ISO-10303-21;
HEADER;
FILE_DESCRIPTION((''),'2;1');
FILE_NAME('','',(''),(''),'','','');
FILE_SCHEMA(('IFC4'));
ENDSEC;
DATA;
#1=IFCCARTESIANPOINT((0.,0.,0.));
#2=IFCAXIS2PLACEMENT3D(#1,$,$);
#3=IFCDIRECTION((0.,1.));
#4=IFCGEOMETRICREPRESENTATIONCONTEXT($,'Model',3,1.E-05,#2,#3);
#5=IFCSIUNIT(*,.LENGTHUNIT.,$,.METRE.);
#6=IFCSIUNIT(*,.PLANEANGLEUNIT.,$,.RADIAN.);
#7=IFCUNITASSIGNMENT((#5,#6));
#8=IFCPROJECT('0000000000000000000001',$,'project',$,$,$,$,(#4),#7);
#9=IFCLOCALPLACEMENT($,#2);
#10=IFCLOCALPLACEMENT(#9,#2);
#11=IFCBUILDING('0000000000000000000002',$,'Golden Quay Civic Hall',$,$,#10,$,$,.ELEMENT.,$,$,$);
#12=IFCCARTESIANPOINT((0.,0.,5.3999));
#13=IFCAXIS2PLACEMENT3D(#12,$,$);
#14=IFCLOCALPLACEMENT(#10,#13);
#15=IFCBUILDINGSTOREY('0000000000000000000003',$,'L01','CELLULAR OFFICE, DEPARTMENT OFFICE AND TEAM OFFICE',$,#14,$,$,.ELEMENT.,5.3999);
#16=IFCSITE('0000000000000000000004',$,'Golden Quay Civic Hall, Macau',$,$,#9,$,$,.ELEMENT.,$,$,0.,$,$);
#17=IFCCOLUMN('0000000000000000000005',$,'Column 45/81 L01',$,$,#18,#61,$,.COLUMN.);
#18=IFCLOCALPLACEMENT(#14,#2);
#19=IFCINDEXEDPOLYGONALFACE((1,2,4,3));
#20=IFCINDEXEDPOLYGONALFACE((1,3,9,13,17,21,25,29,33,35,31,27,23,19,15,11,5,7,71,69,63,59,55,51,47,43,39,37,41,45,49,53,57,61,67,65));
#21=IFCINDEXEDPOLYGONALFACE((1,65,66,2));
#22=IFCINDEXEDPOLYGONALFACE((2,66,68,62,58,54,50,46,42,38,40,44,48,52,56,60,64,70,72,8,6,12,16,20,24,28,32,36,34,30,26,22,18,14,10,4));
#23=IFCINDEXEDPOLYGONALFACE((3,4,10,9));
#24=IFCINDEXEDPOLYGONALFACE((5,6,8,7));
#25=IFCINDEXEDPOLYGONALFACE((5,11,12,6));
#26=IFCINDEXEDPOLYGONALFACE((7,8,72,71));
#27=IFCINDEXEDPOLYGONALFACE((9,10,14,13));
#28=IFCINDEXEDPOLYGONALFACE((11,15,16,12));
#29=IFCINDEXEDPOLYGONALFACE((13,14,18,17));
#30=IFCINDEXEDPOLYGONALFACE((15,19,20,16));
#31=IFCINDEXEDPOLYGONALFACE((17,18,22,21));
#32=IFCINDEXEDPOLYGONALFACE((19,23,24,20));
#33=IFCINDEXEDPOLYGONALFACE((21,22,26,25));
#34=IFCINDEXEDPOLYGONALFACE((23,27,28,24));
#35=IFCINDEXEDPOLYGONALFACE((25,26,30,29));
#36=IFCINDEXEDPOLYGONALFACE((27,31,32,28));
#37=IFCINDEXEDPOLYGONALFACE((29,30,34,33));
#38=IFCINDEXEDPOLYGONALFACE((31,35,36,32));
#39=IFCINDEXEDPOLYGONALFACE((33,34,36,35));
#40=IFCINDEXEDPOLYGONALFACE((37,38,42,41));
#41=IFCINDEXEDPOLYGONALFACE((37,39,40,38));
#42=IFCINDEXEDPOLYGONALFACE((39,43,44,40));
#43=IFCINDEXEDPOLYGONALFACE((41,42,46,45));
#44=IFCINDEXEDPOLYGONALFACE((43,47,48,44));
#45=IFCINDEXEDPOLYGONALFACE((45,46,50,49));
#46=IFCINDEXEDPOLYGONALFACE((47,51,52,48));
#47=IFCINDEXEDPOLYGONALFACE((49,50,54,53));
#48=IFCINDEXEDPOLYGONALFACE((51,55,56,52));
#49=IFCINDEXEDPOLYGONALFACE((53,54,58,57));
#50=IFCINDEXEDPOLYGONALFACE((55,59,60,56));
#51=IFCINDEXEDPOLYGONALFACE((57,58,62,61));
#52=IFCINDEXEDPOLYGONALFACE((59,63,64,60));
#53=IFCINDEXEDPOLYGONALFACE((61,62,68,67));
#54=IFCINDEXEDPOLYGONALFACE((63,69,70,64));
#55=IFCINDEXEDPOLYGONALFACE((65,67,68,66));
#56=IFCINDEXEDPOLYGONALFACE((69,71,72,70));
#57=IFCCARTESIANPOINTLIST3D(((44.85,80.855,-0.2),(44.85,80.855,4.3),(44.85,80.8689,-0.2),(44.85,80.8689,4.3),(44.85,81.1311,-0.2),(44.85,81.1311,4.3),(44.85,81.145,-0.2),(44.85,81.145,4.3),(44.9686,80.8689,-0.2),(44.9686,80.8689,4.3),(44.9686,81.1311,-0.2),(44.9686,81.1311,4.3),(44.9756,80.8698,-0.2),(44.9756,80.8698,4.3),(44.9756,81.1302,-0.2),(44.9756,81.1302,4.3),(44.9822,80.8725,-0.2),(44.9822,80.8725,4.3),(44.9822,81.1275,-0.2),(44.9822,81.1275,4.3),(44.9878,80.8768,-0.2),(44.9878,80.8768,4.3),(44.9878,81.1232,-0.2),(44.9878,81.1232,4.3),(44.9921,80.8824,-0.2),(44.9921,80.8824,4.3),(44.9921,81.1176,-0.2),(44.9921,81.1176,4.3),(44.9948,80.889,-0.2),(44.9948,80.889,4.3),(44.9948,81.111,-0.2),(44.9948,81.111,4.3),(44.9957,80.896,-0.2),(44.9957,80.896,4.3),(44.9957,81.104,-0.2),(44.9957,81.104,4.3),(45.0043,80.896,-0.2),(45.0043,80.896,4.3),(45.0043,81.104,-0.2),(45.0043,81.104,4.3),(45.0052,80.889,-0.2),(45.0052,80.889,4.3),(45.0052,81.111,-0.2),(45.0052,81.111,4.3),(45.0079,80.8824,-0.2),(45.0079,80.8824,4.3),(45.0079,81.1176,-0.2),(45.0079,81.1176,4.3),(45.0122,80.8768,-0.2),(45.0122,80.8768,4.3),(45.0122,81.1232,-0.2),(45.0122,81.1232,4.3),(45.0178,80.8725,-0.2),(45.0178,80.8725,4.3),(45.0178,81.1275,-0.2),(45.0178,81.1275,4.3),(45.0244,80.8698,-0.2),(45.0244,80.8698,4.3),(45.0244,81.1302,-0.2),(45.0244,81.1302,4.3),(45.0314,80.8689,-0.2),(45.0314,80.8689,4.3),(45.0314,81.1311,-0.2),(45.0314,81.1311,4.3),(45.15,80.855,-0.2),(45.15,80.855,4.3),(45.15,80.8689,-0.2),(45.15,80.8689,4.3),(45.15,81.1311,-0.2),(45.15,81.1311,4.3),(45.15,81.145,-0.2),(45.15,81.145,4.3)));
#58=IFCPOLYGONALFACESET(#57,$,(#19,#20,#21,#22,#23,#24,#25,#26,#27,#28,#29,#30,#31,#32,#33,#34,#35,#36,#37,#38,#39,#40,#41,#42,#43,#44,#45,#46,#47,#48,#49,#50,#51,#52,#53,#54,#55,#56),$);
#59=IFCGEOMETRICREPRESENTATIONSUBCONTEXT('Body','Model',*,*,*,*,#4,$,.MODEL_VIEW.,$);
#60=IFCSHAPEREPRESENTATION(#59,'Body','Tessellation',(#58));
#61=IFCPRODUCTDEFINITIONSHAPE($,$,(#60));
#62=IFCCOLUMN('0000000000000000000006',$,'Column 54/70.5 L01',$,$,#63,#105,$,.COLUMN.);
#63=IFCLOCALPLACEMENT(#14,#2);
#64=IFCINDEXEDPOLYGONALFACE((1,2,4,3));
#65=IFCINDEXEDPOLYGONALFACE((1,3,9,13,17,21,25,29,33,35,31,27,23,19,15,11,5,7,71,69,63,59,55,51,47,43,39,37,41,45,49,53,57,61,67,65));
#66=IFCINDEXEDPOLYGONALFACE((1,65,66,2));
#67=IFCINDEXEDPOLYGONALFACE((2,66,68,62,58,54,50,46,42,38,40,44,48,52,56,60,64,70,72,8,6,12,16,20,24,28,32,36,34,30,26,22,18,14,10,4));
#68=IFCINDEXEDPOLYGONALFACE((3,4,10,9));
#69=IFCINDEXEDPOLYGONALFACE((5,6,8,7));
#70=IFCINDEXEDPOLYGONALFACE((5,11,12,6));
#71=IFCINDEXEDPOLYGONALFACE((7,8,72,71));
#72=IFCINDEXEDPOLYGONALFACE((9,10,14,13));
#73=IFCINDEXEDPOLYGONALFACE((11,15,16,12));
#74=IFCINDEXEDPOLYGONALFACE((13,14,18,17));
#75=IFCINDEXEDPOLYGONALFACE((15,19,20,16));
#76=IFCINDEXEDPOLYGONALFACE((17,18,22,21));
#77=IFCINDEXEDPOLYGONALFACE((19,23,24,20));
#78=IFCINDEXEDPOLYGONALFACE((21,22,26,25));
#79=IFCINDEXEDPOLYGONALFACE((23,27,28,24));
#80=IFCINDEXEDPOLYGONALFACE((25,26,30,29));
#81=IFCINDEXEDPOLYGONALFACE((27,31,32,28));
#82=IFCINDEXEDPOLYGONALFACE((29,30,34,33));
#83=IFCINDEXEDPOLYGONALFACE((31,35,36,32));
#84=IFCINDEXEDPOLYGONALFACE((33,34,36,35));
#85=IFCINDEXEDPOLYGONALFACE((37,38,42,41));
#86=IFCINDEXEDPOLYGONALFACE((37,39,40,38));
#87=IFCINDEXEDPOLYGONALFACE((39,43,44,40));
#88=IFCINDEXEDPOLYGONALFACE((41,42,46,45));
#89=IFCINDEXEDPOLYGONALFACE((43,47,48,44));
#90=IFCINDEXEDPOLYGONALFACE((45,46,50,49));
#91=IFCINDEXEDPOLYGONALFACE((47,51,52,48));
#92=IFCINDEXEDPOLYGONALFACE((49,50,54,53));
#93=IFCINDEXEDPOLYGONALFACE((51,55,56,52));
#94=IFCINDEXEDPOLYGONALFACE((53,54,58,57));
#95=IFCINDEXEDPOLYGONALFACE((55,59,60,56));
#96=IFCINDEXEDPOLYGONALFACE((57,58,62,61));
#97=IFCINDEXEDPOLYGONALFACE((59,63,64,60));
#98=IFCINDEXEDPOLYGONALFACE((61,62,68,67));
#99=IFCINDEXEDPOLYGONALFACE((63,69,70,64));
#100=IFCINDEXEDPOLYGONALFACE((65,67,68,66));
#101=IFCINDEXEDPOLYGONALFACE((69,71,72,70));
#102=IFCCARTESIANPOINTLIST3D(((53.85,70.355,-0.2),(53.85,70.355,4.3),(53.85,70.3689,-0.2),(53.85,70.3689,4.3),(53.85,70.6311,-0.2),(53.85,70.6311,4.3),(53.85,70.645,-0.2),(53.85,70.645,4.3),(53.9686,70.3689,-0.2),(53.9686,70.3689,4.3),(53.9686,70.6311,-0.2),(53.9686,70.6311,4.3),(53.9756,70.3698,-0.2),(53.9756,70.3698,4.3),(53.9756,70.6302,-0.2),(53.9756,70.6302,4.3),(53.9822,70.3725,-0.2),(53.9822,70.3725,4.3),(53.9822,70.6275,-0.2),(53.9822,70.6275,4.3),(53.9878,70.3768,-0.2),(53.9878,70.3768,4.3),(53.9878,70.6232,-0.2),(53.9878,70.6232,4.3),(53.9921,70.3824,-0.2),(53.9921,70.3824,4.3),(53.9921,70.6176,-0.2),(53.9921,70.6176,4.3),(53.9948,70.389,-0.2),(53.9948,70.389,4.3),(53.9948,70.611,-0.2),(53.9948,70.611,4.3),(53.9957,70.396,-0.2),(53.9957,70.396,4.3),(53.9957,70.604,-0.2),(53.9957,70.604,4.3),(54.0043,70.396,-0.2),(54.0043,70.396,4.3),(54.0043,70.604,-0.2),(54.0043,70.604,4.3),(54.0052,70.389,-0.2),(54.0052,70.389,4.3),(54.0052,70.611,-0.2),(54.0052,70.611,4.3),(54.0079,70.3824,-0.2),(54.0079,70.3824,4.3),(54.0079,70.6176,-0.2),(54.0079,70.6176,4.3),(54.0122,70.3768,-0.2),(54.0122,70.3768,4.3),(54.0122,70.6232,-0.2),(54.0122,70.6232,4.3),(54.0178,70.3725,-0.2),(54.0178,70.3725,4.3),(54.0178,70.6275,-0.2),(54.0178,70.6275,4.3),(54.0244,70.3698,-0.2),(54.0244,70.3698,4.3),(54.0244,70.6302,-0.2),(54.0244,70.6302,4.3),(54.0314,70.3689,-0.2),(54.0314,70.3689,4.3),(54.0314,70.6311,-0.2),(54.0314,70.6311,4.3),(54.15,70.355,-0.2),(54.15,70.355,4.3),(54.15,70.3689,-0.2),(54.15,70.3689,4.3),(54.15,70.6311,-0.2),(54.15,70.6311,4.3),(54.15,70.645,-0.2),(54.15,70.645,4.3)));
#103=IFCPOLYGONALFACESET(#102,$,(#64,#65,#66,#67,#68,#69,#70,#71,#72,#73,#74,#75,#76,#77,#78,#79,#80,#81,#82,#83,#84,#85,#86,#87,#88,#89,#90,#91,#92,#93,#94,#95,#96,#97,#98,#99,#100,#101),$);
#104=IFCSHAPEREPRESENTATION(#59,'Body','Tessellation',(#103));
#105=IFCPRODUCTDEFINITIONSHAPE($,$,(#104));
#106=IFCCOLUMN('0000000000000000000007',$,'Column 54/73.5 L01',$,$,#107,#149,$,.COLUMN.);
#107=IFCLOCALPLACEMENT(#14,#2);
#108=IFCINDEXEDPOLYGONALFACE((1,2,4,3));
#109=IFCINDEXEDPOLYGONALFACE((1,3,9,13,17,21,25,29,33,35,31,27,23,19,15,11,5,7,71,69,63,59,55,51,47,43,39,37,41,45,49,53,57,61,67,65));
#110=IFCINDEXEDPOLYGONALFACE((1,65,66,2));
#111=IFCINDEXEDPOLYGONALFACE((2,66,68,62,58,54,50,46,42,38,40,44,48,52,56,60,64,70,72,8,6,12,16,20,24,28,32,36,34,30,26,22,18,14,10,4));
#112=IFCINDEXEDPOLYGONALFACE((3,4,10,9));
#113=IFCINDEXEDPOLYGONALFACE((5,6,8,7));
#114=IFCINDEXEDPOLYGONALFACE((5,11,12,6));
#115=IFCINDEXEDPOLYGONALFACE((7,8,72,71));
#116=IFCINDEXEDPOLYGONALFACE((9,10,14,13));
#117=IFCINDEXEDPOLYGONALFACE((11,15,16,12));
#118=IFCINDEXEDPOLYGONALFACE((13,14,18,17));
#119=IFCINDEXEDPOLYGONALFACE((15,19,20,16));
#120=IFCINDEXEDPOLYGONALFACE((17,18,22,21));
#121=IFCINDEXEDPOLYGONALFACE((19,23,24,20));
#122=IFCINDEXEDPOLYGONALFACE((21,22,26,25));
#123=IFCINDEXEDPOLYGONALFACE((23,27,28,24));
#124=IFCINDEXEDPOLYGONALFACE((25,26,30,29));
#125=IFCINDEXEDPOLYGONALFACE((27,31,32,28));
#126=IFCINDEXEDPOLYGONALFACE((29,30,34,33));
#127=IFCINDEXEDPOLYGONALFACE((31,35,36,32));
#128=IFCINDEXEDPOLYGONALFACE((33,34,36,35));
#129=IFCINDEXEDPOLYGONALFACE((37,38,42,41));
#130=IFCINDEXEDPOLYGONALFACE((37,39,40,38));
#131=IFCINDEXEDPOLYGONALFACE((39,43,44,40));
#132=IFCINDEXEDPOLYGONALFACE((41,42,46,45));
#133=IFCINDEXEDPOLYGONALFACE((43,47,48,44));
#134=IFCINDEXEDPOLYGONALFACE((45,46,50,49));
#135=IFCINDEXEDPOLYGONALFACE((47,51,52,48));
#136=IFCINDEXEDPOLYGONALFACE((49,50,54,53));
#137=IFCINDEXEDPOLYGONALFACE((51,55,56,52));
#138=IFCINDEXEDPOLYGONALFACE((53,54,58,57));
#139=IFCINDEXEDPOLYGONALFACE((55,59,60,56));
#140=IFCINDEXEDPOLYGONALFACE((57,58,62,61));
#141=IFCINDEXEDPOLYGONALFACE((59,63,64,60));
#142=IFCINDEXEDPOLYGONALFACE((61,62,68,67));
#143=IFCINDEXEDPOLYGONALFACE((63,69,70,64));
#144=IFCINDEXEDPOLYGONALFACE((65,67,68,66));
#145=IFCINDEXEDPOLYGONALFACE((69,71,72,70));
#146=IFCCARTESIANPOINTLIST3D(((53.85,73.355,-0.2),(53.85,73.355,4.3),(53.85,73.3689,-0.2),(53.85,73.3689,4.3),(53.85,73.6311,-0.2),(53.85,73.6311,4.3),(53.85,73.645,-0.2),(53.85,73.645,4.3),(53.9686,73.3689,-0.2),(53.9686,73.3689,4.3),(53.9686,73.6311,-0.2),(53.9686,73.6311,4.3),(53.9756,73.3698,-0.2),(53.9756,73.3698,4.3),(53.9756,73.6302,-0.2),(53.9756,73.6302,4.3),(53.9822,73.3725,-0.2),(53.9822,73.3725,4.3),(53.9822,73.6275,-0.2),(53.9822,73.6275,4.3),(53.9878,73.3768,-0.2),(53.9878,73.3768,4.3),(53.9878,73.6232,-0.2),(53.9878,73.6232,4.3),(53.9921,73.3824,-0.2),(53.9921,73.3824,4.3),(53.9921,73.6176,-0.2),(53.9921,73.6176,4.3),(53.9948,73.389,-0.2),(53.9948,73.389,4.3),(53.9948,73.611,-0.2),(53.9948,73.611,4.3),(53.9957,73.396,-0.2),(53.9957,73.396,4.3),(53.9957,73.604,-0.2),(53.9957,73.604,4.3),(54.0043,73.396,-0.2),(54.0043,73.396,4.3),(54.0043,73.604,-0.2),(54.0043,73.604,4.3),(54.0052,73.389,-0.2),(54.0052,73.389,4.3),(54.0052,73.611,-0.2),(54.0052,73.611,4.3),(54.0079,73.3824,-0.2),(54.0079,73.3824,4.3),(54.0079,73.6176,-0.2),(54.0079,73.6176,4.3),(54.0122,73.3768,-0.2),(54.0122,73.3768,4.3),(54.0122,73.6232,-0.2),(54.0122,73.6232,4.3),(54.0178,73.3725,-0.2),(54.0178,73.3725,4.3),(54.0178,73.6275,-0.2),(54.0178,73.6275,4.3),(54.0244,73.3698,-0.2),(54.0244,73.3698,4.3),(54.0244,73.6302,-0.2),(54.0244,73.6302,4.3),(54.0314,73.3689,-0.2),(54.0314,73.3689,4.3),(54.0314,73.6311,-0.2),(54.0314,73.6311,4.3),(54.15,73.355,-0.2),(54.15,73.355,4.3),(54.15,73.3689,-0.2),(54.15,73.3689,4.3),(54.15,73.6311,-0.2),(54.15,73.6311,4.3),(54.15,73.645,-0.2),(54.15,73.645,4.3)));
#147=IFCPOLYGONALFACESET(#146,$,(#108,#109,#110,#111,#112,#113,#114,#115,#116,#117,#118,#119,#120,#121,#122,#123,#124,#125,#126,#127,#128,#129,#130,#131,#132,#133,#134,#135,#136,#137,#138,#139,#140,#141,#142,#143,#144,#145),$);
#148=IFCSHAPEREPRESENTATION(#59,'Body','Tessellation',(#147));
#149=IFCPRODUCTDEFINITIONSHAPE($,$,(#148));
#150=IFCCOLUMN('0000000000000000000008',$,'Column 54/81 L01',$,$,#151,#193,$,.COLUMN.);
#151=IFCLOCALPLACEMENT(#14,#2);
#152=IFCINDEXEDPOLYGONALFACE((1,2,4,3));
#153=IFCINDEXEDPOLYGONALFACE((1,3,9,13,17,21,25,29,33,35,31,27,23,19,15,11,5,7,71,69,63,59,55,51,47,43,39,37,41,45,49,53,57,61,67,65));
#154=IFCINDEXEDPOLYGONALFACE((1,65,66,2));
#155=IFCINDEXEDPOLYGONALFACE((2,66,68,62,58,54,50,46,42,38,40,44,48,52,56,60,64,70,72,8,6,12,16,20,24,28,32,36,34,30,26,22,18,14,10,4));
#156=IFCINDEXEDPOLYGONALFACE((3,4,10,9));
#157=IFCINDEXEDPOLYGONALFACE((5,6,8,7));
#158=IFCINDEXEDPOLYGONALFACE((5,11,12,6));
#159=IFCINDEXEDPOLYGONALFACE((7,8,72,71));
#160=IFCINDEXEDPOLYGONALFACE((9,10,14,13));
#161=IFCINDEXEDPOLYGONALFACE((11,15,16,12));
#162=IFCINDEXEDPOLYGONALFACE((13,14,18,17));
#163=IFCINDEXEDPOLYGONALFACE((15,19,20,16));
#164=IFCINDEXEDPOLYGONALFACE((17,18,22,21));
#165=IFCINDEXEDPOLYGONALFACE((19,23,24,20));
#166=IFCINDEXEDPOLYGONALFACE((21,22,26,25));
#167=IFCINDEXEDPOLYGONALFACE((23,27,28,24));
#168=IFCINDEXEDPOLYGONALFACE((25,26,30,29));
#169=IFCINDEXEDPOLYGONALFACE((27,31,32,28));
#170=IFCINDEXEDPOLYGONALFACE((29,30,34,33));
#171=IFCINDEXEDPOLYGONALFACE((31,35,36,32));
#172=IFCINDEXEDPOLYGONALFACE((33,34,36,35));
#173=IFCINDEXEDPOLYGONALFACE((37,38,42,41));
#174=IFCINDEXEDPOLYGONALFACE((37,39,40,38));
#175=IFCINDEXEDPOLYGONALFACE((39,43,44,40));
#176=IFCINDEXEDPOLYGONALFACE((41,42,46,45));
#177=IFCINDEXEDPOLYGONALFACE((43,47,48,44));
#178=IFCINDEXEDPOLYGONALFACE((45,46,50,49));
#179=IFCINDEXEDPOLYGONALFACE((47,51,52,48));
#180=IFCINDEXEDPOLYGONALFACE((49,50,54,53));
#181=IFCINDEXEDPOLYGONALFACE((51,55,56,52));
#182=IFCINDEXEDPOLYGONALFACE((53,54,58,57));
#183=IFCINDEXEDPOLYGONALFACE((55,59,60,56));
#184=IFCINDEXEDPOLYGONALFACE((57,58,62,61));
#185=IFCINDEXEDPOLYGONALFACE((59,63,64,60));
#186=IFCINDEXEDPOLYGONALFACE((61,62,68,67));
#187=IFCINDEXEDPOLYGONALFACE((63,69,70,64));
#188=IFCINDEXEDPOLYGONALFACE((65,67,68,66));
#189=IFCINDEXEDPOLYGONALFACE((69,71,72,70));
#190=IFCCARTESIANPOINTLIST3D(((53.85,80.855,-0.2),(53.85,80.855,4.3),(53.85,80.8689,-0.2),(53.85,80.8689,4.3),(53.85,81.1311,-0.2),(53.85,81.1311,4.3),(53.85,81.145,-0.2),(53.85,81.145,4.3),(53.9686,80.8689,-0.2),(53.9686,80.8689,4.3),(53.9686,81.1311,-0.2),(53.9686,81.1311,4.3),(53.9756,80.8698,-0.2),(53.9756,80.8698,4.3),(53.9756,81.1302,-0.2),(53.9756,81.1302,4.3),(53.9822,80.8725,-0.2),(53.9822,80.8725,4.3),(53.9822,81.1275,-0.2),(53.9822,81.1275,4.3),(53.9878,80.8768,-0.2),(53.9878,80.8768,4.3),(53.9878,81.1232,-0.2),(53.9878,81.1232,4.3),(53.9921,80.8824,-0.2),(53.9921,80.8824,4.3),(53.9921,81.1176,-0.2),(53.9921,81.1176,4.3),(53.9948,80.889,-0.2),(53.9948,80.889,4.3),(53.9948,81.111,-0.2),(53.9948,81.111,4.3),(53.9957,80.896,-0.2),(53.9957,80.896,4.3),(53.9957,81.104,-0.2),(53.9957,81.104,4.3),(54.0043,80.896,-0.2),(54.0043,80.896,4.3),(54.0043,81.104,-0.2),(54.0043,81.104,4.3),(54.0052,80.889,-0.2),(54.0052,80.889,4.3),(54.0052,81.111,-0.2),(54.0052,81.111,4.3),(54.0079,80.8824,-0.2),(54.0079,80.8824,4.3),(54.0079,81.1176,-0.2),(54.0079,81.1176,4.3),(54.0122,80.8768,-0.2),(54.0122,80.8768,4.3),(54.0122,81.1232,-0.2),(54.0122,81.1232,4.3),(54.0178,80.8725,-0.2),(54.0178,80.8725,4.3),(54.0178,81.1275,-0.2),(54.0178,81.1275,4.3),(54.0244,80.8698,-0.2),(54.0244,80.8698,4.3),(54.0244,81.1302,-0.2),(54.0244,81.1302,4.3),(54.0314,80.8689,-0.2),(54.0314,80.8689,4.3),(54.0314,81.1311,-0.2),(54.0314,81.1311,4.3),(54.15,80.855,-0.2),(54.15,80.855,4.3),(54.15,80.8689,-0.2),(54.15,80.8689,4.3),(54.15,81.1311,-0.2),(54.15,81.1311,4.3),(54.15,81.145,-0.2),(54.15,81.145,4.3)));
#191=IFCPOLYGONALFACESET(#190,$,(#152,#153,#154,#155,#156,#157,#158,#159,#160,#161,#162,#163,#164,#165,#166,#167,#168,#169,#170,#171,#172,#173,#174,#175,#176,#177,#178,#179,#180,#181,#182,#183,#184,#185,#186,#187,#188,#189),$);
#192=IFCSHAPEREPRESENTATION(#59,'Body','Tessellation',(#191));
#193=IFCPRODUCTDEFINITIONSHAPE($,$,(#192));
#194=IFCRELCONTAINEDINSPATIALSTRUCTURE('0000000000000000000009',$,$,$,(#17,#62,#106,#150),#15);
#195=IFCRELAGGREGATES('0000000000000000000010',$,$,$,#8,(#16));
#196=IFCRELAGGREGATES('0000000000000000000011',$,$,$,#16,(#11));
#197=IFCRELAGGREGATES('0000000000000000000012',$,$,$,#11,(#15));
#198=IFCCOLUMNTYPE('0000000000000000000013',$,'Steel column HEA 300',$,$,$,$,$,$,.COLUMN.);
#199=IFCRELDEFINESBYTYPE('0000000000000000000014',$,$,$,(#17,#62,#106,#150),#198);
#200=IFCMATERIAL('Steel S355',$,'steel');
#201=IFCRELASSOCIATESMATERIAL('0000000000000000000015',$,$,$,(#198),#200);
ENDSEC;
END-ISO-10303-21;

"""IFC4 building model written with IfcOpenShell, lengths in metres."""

from ifc_helpers import new_model, si_unit, direction, frame, origin, origin_2d, place, context, subcontext, project, spatial, i_section, extrude, material, material_profile, profile_set, type_object, element, save


model = new_model("IFC4")

# Units and contexts
model_context = context("Model", 3, precision=1e-05, world=origin(), true_north=direction((0.0, 1.0)))
body_context = subcontext(model_context, "Body", "Model", "MODEL_VIEW")
ifc_project = project(units=[si_unit("LENGTHUNIT", "METRE"), si_unit("PLANEANGLEUNIT", "RADIAN")], contexts=[model_context])

# Site, building, storey
site_placement = place(None, origin())
site = spatial("IfcSite", under=ifc_project, at=site_placement, Name="Golden Quay Civic Hall, Macau", CompositionType="ELEMENT", RefElevation=0.0)
building_placement = place(site_placement, origin())
building = spatial("IfcBuilding", under=site, at=building_placement, Name="Golden Quay Civic Hall", CompositionType="ELEMENT")
storey_placement = place(building_placement, frame((0.0, 0.0, 5.3999)))
storey = spatial("IfcBuildingStorey", under=building, at=storey_placement, Name="L01", Description="CELLULAR OFFICE, DEPARTMENT OFFICE AND TEAM OFFICE", CompositionType="ELEMENT", Elevation=5.3999)

# Columns
ifc_material_1 = material(Name="Steel S355", Category="steel")
ifc_material_profile_1 = material_profile(ifc_material_1, i_section(OverallWidth=0.3, OverallDepth=0.29, WebThickness=0.0085, FlangeThickness=0.0139, FilletRadius=0.0271, at=origin_2d()), Name="HEA 300")
ifc_profile_set_1 = profile_set([ifc_material_profile_1], Name="Steel S355")
column_type = type_object("IfcColumnType", Name="Steel column HEA 300", PredefinedType="COLUMN", material=ifc_profile_set_1)
for number, where, z_axis, x_axis, name in (
    (1, (45.0, 81.0, -0.2), (0.0, 0.0, 1.0), (1.0, 0.0, 0.0), "Column 45/81 L01"),
    (2, (54.0, 70.5, -0.2), (0.0, 0.0, 1.0), (1.0, 0.0, 0.0), "Column 54/70.5 L01"),
    (3, (54.0, 73.5, -0.2), (0.0, 0.0, 1.0), (1.0, 0.0, 0.0), "Column 54/73.5 L01"),
    (4, (54.0, 81.0, -0.2), (0.0, 0.0, 1.0), (1.0, 0.0, 0.0), "Column 54/81 L01"),
):
    element("IfcColumn", number, at=place(storey_placement, frame(where, z_axis=z_axis, x_axis=x_axis)), inside=storey, type_object=column_type, Name=name, PredefinedType="COLUMN", context=body_context, shape_type="SweptSolid", body=[
        extrude(i_section(OverallWidth=0.3, OverallDepth=0.29, WebThickness=0.0085, FlangeThickness=0.0139, FilletRadius=0.0271, at=origin_2d()), origin(), (0.0, 0.0, 1.0), 4.5),
    ])

save(model, "model.ifc")
